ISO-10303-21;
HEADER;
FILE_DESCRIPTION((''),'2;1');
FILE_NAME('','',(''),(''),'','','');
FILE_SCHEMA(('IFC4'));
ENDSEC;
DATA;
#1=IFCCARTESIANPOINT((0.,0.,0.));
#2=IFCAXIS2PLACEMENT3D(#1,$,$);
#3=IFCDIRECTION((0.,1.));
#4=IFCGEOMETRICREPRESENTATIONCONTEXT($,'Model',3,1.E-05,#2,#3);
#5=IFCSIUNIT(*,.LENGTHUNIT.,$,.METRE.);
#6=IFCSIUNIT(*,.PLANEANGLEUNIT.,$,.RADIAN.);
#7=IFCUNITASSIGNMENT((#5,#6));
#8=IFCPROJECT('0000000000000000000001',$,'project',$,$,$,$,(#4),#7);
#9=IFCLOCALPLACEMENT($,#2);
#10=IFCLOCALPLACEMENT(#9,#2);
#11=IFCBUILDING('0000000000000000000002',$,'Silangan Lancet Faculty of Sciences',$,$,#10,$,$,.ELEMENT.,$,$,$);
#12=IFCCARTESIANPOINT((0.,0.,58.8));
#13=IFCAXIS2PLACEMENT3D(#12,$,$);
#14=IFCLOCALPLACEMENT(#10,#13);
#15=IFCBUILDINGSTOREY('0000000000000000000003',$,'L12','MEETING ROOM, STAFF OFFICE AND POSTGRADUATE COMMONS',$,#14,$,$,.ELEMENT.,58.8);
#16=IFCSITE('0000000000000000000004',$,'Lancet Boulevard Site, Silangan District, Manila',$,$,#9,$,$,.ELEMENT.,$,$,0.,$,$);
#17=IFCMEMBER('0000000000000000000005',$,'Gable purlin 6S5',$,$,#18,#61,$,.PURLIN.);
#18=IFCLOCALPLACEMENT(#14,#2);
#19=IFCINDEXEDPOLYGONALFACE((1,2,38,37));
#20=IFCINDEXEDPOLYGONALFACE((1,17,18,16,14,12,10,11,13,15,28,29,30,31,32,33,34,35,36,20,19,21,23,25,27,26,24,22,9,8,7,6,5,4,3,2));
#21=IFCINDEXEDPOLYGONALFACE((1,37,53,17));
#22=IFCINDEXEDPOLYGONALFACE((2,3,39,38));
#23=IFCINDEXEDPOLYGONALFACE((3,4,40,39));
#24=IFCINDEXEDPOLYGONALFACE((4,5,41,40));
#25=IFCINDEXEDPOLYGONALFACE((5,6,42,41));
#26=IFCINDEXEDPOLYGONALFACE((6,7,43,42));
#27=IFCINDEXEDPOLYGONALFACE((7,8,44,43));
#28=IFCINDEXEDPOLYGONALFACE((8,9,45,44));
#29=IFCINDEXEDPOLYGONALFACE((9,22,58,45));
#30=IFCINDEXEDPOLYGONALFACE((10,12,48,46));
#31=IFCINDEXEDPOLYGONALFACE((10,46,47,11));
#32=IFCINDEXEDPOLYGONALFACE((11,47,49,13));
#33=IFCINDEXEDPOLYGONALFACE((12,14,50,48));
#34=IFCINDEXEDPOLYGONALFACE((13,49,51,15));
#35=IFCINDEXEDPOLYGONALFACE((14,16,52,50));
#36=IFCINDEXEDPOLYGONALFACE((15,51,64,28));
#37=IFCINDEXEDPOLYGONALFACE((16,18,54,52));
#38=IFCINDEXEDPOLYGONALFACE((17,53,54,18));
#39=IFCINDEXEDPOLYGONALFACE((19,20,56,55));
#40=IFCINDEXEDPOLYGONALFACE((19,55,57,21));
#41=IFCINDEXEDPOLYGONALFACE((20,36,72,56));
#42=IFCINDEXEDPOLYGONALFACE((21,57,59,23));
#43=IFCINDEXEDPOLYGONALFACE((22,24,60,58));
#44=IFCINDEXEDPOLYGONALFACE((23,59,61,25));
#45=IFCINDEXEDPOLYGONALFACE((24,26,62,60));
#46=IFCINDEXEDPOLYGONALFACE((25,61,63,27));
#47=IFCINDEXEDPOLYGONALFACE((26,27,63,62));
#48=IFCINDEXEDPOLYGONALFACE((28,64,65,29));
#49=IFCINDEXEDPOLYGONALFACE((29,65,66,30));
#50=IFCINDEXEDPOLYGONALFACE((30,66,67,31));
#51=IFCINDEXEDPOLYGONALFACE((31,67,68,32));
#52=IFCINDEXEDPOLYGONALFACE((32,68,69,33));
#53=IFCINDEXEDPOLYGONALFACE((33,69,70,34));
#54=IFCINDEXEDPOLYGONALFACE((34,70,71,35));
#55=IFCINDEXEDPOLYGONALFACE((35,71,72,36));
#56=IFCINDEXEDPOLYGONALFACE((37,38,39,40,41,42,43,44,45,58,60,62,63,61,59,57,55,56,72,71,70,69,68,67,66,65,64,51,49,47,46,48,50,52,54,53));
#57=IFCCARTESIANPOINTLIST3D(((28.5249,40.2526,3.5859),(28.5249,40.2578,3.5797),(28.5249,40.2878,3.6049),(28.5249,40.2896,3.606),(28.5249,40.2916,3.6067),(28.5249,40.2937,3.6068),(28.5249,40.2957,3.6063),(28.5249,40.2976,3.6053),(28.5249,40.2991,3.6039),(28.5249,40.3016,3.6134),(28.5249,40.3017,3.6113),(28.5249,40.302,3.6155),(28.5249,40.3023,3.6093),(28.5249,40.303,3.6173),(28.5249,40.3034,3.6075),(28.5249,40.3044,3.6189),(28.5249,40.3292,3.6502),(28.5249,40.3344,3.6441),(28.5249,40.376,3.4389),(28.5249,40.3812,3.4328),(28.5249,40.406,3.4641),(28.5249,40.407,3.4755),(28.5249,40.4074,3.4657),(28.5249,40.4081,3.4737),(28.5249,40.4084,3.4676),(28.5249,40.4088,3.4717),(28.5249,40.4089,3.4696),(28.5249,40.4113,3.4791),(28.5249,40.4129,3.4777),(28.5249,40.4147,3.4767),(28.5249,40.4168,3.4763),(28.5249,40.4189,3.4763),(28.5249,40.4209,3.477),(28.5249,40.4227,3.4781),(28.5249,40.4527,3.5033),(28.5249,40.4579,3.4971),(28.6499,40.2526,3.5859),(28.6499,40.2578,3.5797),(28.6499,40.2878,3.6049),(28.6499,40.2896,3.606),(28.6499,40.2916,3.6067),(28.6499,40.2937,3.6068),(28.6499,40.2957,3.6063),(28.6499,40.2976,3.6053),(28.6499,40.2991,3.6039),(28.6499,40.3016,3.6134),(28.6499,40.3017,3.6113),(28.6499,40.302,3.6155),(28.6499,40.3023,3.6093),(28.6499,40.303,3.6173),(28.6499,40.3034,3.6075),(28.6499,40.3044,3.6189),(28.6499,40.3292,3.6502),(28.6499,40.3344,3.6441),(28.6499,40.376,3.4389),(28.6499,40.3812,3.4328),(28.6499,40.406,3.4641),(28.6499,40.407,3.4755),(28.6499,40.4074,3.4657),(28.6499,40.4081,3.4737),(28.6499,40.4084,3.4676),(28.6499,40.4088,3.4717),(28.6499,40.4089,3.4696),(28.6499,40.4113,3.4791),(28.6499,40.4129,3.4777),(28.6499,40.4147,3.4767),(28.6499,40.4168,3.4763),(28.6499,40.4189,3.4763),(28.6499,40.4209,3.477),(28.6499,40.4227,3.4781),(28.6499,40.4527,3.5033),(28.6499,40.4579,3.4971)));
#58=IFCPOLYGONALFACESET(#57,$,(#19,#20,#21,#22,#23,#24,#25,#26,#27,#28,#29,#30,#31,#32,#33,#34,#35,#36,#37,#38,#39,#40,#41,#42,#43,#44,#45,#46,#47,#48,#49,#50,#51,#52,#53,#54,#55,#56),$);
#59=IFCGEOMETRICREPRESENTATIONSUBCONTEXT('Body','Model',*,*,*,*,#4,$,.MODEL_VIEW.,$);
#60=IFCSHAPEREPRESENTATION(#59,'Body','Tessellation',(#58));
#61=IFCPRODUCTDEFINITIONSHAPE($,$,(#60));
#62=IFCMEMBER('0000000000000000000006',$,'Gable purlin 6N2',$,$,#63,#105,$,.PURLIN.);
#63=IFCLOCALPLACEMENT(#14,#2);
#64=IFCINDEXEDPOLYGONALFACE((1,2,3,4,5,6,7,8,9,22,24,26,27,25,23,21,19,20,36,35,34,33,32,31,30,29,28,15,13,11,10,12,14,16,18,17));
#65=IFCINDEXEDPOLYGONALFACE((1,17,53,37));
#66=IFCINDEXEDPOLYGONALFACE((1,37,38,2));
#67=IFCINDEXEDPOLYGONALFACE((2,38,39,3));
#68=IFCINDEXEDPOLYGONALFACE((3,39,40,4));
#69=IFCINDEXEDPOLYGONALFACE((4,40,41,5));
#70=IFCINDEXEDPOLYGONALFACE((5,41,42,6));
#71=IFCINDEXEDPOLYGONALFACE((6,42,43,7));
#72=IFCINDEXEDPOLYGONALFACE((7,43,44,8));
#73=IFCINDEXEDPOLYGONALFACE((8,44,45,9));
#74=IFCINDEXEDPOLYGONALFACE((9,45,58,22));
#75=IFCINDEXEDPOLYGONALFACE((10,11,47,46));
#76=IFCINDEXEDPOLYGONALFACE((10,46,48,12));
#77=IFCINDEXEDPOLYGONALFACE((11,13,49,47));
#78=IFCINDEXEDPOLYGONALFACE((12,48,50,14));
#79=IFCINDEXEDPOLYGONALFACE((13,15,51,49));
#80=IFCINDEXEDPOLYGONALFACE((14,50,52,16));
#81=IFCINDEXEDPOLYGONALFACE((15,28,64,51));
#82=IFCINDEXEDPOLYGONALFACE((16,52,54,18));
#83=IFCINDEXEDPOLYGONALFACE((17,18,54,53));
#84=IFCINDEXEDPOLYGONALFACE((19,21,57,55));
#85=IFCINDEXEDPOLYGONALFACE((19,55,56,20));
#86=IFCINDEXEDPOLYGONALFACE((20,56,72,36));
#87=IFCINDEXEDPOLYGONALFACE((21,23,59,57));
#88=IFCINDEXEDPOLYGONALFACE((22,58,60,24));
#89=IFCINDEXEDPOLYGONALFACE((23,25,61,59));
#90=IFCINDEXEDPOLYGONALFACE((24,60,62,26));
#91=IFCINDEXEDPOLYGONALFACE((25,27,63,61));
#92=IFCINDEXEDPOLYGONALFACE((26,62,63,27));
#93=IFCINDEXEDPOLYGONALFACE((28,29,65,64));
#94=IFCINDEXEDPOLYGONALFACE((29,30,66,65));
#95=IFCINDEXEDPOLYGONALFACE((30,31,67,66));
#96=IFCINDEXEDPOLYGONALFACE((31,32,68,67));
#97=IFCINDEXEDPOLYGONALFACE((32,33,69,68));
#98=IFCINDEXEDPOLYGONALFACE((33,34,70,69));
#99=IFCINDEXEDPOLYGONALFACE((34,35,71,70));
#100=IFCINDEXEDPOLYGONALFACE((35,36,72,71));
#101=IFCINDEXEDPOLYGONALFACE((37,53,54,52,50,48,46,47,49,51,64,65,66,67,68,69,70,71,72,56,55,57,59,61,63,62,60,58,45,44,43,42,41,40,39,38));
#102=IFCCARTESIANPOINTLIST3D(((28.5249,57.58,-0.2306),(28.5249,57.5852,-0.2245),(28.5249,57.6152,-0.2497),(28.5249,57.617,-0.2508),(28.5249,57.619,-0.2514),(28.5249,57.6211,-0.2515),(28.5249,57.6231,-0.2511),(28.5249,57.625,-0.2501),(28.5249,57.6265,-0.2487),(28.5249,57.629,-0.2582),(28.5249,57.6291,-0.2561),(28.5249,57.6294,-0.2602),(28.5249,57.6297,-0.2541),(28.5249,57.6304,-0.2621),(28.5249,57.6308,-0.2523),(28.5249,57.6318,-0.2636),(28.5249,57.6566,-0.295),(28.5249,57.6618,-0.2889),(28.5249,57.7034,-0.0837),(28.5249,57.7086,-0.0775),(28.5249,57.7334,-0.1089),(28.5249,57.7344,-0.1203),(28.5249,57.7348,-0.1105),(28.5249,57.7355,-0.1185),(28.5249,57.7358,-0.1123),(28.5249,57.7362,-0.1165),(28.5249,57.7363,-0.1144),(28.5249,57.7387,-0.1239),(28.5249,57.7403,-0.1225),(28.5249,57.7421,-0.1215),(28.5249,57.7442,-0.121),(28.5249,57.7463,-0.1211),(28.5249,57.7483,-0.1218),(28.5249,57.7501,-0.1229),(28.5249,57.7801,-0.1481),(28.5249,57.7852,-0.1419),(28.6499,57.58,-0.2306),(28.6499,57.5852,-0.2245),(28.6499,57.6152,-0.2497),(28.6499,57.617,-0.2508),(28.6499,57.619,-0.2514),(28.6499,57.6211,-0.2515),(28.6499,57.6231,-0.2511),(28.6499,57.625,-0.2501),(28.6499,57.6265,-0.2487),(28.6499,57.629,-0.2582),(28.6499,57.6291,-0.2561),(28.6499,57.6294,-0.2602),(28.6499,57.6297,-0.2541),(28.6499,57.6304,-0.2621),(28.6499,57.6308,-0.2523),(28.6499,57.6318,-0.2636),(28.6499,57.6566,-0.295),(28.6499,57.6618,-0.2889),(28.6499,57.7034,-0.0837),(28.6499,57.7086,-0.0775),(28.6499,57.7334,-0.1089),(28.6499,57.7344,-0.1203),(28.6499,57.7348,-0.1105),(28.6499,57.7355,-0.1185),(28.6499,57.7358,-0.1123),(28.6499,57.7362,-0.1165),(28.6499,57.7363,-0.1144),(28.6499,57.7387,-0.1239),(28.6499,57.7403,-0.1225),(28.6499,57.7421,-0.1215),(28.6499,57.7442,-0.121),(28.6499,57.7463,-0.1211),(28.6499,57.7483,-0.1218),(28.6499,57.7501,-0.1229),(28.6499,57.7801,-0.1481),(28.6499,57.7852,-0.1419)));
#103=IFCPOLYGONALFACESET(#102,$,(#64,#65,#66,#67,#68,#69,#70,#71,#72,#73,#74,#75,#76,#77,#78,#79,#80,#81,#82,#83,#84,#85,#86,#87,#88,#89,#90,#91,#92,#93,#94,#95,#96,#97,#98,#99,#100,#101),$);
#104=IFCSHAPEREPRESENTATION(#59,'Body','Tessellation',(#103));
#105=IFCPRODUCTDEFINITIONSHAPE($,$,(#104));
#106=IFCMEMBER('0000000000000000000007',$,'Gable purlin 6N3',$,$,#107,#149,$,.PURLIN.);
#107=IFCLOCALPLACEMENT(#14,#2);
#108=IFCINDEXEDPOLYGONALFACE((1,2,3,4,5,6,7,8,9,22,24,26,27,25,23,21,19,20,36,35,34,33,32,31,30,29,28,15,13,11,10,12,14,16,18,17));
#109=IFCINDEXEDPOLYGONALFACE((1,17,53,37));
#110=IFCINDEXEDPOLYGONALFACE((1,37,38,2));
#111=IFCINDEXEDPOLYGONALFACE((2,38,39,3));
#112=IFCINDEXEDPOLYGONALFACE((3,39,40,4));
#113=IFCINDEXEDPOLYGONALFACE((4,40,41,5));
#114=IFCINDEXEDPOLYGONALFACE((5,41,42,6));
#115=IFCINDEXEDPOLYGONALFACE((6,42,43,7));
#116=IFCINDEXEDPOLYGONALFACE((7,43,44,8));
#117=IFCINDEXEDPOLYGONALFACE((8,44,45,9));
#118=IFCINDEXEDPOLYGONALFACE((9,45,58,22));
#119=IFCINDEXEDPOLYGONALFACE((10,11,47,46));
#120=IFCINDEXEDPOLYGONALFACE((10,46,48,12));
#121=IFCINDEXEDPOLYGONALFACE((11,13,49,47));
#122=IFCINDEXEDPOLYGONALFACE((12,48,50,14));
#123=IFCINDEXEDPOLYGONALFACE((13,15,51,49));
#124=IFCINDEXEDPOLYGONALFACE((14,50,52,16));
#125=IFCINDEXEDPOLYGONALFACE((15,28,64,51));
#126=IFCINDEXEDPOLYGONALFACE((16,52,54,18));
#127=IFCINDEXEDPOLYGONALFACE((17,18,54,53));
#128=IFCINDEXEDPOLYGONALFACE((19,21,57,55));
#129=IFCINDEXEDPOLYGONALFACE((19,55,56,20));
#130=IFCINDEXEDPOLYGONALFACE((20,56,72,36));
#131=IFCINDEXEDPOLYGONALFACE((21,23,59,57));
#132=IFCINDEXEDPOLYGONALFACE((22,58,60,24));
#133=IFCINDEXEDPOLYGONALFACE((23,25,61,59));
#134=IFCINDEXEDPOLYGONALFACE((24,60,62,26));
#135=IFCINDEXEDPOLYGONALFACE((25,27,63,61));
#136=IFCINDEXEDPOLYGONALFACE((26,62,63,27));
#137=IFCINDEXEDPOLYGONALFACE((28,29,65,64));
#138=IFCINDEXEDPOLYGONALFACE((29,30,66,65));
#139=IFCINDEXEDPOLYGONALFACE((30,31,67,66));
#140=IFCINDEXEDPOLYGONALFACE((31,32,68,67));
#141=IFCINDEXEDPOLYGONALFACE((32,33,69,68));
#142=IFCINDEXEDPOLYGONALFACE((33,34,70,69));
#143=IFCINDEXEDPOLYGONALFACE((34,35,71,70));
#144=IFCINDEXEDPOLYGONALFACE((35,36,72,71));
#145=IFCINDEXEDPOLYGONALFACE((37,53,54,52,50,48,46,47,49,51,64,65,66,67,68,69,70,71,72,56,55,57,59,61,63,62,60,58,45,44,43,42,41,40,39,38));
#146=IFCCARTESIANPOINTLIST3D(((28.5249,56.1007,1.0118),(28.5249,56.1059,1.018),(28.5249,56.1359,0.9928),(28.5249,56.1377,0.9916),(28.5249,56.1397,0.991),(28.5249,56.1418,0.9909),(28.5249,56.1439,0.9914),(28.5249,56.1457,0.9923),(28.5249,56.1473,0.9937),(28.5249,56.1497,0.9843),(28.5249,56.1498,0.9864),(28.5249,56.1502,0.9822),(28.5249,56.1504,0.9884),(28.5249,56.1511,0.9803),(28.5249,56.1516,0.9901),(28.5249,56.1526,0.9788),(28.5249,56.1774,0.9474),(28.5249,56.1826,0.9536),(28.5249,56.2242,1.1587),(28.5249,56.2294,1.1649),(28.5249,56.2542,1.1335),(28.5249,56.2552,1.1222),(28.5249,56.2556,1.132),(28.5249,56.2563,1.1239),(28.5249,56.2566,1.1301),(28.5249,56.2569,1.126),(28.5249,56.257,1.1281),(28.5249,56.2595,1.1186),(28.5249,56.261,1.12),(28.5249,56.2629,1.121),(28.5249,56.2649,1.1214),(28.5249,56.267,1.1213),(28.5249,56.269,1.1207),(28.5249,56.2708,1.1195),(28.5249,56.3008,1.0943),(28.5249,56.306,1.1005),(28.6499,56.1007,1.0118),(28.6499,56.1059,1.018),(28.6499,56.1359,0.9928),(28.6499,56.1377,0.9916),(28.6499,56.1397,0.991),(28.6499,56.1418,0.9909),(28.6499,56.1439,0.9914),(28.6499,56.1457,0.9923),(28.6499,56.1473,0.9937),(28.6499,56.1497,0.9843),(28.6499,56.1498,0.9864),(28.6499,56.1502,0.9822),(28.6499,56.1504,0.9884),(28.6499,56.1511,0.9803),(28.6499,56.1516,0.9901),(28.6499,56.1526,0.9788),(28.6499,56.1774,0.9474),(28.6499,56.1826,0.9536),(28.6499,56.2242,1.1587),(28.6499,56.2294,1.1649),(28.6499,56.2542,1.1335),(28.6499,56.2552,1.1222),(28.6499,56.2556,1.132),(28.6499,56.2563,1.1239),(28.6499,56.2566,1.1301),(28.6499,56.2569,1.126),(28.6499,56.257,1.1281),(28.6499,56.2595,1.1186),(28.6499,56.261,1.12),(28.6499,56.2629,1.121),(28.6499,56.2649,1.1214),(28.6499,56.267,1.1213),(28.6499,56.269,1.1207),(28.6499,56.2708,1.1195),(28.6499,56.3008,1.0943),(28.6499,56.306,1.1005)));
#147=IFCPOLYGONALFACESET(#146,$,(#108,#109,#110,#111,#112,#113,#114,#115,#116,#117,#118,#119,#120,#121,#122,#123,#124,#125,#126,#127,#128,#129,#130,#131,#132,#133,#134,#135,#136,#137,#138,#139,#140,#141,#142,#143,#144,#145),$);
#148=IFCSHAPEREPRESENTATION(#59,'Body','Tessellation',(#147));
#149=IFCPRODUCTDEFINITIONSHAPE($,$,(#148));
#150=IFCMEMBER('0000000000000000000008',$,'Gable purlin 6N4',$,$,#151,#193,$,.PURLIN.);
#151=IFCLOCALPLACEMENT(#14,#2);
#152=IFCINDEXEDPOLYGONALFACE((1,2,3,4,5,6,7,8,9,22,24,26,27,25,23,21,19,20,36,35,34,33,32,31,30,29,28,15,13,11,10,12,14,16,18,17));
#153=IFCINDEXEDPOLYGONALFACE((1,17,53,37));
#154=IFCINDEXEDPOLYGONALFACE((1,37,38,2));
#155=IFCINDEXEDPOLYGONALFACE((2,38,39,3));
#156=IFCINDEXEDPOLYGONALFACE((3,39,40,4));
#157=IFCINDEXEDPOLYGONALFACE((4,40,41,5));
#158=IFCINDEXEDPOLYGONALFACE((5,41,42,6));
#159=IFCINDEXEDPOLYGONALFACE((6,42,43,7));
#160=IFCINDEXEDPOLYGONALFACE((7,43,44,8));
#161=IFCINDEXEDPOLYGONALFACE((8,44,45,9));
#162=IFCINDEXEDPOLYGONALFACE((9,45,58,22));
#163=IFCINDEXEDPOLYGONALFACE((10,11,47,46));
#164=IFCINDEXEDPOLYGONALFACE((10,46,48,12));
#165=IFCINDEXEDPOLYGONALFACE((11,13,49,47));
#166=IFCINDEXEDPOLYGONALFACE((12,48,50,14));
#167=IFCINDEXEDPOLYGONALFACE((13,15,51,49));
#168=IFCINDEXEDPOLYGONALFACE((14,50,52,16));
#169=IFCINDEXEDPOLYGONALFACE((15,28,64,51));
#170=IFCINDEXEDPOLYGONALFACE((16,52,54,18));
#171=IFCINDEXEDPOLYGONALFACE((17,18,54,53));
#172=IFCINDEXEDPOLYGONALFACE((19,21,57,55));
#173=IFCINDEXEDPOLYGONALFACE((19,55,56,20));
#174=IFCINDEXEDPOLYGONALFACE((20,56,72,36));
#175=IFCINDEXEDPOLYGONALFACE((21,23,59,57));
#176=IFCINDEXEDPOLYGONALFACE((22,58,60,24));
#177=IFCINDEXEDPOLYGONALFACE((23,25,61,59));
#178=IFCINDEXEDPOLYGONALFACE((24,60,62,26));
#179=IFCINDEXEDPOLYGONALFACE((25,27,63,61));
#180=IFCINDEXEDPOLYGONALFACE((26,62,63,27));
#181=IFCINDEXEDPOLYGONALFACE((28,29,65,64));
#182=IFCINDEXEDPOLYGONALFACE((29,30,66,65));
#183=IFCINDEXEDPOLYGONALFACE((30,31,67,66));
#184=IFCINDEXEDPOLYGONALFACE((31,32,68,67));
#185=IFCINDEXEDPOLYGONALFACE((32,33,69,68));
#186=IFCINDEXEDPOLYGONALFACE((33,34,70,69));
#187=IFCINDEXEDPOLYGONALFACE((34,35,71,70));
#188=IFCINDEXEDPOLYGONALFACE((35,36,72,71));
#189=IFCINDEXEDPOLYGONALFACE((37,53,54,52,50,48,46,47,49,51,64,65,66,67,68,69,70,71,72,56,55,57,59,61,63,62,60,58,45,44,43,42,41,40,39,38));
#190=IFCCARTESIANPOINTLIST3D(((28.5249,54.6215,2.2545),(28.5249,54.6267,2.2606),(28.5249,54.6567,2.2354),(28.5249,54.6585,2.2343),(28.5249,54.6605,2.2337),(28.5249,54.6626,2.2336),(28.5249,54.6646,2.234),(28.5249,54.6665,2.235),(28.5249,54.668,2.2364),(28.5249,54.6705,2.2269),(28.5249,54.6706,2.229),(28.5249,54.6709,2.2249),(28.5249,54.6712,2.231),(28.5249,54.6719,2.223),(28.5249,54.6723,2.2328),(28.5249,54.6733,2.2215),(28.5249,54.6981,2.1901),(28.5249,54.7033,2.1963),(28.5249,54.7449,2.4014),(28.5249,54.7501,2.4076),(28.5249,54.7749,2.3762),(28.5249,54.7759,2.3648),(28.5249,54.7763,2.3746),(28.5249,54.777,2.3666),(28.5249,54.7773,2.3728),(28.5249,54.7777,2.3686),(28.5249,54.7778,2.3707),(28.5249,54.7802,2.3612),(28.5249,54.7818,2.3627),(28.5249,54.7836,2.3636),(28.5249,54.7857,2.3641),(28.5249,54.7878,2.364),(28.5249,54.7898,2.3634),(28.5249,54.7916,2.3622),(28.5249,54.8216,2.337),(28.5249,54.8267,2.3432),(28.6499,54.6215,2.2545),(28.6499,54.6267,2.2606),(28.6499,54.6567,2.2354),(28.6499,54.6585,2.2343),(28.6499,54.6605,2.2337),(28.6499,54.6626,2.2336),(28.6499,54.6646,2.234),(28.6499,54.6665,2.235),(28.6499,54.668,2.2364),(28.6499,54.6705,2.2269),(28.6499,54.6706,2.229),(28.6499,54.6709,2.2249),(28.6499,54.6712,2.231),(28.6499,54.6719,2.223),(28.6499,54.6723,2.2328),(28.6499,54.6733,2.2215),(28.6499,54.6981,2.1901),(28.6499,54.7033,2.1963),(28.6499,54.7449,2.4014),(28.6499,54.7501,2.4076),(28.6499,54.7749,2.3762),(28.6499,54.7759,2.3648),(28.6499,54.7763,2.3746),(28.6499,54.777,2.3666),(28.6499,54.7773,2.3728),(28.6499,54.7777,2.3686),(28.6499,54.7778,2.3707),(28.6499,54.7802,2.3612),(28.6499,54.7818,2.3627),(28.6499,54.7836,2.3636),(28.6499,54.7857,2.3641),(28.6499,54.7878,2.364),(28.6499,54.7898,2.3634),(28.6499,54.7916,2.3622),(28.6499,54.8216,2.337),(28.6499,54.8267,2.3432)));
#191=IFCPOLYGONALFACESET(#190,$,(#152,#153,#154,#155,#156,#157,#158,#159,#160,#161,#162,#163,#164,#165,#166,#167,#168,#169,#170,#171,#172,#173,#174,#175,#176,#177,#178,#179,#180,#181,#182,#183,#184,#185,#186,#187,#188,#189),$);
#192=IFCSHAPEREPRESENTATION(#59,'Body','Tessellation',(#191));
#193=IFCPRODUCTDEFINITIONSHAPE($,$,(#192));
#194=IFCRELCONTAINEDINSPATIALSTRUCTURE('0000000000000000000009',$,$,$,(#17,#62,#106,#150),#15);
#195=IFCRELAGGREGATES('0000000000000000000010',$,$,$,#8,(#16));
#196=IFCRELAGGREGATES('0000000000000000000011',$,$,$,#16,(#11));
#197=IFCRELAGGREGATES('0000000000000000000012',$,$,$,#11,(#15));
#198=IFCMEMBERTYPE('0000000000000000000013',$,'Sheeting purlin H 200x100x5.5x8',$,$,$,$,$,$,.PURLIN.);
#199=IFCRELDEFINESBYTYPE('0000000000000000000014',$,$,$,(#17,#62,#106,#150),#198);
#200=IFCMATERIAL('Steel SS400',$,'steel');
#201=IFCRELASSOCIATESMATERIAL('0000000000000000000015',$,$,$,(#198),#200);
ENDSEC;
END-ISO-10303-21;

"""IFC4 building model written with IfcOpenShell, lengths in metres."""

from ifc_helpers import new_model, si_unit, direction, frame, origin, origin_2d, place, context, subcontext, project, spatial, i_section, extrude, material, material_profile, profile_set, type_object, element, save


model = new_model("IFC4")

# Units and contexts
model_context = context("Model", 3, precision=1e-05, world=origin(), true_north=direction((0.0, 1.0)))
body_context = subcontext(model_context, "Body", "Model", "MODEL_VIEW")
ifc_project = project(units=[si_unit("LENGTHUNIT", "METRE"), si_unit("PLANEANGLEUNIT", "RADIAN")], contexts=[model_context])

# Site, building, storey
site_placement = place(None, origin())
site = spatial("IfcSite", under=ifc_project, at=site_placement, Name="Lancet Boulevard Site, Silangan District, Manila", CompositionType="ELEMENT", RefElevation=0.0)
building_placement = place(site_placement, origin())
building = spatial("IfcBuilding", under=site, at=building_placement, Name="Silangan Lancet Faculty of Sciences", CompositionType="ELEMENT")
storey_placement = place(building_placement, frame((0.0, 0.0, 58.8)))
storey = spatial("IfcBuildingStorey", under=building, at=storey_placement, Name="L12", Description="MEETING ROOM, STAFF OFFICE AND POSTGRADUATE COMMONS", CompositionType="ELEMENT", Elevation=58.8)

# Members
ifc_material_1 = material(Name="Steel SS400", Category="steel")
ifc_material_profile_1 = material_profile(ifc_material_1, i_section(OverallWidth=0.1001, OverallDepth=0.2, WebThickness=0.0056, FlangeThickness=0.0081, FilletRadius=0.0081, at=origin_2d()), Name="H 200x100x5.5x8")
ifc_profile_set_1 = profile_set([ifc_material_profile_1], Name="Steel SS400")
member_type_1 = type_object("IfcMemberType", Name="Sheeting purlin H 200x100x5.5x8", PredefinedType="PURLIN", material=ifc_profile_set_1)
for number, where, z_axis, x_axis, name in (
    (1, (28.5249, 40.3552, 3.5415), (1.0, 0.0, 0.0), (0.0, 0.765705, 0.643192), "Gable purlin 6S5"),
    (2, (28.5249, 57.6826, -0.1863), (1.0, 0.0, 0.0), (0.0, 0.765705, -0.643192), "Gable purlin 6N2"),
    (3, (28.5249, 56.2034, 1.0562), (1.0, 0.0, 0.0), (0.0, 0.765705, -0.643192), "Gable purlin 6N3"),
    (4, (28.5249, 54.7241, 2.2988), (1.0, 0.0, 0.0), (0.0, 0.765705, -0.643192), "Gable purlin 6N4"),
):
    element("IfcMember", number, at=place(storey_placement, frame(where, z_axis=z_axis, x_axis=x_axis)), inside=storey, type_object=member_type_1, Name=name, PredefinedType="PURLIN", context=body_context, shape_type="SweptSolid", body=[
        extrude(i_section(OverallWidth=0.1001, OverallDepth=0.2, WebThickness=0.0056, FlangeThickness=0.0081, FilletRadius=0.0081, at=origin_2d()), origin(), (0.0, 0.0, 1.0), 0.125),
    ])

save(model, "model.ifc")
